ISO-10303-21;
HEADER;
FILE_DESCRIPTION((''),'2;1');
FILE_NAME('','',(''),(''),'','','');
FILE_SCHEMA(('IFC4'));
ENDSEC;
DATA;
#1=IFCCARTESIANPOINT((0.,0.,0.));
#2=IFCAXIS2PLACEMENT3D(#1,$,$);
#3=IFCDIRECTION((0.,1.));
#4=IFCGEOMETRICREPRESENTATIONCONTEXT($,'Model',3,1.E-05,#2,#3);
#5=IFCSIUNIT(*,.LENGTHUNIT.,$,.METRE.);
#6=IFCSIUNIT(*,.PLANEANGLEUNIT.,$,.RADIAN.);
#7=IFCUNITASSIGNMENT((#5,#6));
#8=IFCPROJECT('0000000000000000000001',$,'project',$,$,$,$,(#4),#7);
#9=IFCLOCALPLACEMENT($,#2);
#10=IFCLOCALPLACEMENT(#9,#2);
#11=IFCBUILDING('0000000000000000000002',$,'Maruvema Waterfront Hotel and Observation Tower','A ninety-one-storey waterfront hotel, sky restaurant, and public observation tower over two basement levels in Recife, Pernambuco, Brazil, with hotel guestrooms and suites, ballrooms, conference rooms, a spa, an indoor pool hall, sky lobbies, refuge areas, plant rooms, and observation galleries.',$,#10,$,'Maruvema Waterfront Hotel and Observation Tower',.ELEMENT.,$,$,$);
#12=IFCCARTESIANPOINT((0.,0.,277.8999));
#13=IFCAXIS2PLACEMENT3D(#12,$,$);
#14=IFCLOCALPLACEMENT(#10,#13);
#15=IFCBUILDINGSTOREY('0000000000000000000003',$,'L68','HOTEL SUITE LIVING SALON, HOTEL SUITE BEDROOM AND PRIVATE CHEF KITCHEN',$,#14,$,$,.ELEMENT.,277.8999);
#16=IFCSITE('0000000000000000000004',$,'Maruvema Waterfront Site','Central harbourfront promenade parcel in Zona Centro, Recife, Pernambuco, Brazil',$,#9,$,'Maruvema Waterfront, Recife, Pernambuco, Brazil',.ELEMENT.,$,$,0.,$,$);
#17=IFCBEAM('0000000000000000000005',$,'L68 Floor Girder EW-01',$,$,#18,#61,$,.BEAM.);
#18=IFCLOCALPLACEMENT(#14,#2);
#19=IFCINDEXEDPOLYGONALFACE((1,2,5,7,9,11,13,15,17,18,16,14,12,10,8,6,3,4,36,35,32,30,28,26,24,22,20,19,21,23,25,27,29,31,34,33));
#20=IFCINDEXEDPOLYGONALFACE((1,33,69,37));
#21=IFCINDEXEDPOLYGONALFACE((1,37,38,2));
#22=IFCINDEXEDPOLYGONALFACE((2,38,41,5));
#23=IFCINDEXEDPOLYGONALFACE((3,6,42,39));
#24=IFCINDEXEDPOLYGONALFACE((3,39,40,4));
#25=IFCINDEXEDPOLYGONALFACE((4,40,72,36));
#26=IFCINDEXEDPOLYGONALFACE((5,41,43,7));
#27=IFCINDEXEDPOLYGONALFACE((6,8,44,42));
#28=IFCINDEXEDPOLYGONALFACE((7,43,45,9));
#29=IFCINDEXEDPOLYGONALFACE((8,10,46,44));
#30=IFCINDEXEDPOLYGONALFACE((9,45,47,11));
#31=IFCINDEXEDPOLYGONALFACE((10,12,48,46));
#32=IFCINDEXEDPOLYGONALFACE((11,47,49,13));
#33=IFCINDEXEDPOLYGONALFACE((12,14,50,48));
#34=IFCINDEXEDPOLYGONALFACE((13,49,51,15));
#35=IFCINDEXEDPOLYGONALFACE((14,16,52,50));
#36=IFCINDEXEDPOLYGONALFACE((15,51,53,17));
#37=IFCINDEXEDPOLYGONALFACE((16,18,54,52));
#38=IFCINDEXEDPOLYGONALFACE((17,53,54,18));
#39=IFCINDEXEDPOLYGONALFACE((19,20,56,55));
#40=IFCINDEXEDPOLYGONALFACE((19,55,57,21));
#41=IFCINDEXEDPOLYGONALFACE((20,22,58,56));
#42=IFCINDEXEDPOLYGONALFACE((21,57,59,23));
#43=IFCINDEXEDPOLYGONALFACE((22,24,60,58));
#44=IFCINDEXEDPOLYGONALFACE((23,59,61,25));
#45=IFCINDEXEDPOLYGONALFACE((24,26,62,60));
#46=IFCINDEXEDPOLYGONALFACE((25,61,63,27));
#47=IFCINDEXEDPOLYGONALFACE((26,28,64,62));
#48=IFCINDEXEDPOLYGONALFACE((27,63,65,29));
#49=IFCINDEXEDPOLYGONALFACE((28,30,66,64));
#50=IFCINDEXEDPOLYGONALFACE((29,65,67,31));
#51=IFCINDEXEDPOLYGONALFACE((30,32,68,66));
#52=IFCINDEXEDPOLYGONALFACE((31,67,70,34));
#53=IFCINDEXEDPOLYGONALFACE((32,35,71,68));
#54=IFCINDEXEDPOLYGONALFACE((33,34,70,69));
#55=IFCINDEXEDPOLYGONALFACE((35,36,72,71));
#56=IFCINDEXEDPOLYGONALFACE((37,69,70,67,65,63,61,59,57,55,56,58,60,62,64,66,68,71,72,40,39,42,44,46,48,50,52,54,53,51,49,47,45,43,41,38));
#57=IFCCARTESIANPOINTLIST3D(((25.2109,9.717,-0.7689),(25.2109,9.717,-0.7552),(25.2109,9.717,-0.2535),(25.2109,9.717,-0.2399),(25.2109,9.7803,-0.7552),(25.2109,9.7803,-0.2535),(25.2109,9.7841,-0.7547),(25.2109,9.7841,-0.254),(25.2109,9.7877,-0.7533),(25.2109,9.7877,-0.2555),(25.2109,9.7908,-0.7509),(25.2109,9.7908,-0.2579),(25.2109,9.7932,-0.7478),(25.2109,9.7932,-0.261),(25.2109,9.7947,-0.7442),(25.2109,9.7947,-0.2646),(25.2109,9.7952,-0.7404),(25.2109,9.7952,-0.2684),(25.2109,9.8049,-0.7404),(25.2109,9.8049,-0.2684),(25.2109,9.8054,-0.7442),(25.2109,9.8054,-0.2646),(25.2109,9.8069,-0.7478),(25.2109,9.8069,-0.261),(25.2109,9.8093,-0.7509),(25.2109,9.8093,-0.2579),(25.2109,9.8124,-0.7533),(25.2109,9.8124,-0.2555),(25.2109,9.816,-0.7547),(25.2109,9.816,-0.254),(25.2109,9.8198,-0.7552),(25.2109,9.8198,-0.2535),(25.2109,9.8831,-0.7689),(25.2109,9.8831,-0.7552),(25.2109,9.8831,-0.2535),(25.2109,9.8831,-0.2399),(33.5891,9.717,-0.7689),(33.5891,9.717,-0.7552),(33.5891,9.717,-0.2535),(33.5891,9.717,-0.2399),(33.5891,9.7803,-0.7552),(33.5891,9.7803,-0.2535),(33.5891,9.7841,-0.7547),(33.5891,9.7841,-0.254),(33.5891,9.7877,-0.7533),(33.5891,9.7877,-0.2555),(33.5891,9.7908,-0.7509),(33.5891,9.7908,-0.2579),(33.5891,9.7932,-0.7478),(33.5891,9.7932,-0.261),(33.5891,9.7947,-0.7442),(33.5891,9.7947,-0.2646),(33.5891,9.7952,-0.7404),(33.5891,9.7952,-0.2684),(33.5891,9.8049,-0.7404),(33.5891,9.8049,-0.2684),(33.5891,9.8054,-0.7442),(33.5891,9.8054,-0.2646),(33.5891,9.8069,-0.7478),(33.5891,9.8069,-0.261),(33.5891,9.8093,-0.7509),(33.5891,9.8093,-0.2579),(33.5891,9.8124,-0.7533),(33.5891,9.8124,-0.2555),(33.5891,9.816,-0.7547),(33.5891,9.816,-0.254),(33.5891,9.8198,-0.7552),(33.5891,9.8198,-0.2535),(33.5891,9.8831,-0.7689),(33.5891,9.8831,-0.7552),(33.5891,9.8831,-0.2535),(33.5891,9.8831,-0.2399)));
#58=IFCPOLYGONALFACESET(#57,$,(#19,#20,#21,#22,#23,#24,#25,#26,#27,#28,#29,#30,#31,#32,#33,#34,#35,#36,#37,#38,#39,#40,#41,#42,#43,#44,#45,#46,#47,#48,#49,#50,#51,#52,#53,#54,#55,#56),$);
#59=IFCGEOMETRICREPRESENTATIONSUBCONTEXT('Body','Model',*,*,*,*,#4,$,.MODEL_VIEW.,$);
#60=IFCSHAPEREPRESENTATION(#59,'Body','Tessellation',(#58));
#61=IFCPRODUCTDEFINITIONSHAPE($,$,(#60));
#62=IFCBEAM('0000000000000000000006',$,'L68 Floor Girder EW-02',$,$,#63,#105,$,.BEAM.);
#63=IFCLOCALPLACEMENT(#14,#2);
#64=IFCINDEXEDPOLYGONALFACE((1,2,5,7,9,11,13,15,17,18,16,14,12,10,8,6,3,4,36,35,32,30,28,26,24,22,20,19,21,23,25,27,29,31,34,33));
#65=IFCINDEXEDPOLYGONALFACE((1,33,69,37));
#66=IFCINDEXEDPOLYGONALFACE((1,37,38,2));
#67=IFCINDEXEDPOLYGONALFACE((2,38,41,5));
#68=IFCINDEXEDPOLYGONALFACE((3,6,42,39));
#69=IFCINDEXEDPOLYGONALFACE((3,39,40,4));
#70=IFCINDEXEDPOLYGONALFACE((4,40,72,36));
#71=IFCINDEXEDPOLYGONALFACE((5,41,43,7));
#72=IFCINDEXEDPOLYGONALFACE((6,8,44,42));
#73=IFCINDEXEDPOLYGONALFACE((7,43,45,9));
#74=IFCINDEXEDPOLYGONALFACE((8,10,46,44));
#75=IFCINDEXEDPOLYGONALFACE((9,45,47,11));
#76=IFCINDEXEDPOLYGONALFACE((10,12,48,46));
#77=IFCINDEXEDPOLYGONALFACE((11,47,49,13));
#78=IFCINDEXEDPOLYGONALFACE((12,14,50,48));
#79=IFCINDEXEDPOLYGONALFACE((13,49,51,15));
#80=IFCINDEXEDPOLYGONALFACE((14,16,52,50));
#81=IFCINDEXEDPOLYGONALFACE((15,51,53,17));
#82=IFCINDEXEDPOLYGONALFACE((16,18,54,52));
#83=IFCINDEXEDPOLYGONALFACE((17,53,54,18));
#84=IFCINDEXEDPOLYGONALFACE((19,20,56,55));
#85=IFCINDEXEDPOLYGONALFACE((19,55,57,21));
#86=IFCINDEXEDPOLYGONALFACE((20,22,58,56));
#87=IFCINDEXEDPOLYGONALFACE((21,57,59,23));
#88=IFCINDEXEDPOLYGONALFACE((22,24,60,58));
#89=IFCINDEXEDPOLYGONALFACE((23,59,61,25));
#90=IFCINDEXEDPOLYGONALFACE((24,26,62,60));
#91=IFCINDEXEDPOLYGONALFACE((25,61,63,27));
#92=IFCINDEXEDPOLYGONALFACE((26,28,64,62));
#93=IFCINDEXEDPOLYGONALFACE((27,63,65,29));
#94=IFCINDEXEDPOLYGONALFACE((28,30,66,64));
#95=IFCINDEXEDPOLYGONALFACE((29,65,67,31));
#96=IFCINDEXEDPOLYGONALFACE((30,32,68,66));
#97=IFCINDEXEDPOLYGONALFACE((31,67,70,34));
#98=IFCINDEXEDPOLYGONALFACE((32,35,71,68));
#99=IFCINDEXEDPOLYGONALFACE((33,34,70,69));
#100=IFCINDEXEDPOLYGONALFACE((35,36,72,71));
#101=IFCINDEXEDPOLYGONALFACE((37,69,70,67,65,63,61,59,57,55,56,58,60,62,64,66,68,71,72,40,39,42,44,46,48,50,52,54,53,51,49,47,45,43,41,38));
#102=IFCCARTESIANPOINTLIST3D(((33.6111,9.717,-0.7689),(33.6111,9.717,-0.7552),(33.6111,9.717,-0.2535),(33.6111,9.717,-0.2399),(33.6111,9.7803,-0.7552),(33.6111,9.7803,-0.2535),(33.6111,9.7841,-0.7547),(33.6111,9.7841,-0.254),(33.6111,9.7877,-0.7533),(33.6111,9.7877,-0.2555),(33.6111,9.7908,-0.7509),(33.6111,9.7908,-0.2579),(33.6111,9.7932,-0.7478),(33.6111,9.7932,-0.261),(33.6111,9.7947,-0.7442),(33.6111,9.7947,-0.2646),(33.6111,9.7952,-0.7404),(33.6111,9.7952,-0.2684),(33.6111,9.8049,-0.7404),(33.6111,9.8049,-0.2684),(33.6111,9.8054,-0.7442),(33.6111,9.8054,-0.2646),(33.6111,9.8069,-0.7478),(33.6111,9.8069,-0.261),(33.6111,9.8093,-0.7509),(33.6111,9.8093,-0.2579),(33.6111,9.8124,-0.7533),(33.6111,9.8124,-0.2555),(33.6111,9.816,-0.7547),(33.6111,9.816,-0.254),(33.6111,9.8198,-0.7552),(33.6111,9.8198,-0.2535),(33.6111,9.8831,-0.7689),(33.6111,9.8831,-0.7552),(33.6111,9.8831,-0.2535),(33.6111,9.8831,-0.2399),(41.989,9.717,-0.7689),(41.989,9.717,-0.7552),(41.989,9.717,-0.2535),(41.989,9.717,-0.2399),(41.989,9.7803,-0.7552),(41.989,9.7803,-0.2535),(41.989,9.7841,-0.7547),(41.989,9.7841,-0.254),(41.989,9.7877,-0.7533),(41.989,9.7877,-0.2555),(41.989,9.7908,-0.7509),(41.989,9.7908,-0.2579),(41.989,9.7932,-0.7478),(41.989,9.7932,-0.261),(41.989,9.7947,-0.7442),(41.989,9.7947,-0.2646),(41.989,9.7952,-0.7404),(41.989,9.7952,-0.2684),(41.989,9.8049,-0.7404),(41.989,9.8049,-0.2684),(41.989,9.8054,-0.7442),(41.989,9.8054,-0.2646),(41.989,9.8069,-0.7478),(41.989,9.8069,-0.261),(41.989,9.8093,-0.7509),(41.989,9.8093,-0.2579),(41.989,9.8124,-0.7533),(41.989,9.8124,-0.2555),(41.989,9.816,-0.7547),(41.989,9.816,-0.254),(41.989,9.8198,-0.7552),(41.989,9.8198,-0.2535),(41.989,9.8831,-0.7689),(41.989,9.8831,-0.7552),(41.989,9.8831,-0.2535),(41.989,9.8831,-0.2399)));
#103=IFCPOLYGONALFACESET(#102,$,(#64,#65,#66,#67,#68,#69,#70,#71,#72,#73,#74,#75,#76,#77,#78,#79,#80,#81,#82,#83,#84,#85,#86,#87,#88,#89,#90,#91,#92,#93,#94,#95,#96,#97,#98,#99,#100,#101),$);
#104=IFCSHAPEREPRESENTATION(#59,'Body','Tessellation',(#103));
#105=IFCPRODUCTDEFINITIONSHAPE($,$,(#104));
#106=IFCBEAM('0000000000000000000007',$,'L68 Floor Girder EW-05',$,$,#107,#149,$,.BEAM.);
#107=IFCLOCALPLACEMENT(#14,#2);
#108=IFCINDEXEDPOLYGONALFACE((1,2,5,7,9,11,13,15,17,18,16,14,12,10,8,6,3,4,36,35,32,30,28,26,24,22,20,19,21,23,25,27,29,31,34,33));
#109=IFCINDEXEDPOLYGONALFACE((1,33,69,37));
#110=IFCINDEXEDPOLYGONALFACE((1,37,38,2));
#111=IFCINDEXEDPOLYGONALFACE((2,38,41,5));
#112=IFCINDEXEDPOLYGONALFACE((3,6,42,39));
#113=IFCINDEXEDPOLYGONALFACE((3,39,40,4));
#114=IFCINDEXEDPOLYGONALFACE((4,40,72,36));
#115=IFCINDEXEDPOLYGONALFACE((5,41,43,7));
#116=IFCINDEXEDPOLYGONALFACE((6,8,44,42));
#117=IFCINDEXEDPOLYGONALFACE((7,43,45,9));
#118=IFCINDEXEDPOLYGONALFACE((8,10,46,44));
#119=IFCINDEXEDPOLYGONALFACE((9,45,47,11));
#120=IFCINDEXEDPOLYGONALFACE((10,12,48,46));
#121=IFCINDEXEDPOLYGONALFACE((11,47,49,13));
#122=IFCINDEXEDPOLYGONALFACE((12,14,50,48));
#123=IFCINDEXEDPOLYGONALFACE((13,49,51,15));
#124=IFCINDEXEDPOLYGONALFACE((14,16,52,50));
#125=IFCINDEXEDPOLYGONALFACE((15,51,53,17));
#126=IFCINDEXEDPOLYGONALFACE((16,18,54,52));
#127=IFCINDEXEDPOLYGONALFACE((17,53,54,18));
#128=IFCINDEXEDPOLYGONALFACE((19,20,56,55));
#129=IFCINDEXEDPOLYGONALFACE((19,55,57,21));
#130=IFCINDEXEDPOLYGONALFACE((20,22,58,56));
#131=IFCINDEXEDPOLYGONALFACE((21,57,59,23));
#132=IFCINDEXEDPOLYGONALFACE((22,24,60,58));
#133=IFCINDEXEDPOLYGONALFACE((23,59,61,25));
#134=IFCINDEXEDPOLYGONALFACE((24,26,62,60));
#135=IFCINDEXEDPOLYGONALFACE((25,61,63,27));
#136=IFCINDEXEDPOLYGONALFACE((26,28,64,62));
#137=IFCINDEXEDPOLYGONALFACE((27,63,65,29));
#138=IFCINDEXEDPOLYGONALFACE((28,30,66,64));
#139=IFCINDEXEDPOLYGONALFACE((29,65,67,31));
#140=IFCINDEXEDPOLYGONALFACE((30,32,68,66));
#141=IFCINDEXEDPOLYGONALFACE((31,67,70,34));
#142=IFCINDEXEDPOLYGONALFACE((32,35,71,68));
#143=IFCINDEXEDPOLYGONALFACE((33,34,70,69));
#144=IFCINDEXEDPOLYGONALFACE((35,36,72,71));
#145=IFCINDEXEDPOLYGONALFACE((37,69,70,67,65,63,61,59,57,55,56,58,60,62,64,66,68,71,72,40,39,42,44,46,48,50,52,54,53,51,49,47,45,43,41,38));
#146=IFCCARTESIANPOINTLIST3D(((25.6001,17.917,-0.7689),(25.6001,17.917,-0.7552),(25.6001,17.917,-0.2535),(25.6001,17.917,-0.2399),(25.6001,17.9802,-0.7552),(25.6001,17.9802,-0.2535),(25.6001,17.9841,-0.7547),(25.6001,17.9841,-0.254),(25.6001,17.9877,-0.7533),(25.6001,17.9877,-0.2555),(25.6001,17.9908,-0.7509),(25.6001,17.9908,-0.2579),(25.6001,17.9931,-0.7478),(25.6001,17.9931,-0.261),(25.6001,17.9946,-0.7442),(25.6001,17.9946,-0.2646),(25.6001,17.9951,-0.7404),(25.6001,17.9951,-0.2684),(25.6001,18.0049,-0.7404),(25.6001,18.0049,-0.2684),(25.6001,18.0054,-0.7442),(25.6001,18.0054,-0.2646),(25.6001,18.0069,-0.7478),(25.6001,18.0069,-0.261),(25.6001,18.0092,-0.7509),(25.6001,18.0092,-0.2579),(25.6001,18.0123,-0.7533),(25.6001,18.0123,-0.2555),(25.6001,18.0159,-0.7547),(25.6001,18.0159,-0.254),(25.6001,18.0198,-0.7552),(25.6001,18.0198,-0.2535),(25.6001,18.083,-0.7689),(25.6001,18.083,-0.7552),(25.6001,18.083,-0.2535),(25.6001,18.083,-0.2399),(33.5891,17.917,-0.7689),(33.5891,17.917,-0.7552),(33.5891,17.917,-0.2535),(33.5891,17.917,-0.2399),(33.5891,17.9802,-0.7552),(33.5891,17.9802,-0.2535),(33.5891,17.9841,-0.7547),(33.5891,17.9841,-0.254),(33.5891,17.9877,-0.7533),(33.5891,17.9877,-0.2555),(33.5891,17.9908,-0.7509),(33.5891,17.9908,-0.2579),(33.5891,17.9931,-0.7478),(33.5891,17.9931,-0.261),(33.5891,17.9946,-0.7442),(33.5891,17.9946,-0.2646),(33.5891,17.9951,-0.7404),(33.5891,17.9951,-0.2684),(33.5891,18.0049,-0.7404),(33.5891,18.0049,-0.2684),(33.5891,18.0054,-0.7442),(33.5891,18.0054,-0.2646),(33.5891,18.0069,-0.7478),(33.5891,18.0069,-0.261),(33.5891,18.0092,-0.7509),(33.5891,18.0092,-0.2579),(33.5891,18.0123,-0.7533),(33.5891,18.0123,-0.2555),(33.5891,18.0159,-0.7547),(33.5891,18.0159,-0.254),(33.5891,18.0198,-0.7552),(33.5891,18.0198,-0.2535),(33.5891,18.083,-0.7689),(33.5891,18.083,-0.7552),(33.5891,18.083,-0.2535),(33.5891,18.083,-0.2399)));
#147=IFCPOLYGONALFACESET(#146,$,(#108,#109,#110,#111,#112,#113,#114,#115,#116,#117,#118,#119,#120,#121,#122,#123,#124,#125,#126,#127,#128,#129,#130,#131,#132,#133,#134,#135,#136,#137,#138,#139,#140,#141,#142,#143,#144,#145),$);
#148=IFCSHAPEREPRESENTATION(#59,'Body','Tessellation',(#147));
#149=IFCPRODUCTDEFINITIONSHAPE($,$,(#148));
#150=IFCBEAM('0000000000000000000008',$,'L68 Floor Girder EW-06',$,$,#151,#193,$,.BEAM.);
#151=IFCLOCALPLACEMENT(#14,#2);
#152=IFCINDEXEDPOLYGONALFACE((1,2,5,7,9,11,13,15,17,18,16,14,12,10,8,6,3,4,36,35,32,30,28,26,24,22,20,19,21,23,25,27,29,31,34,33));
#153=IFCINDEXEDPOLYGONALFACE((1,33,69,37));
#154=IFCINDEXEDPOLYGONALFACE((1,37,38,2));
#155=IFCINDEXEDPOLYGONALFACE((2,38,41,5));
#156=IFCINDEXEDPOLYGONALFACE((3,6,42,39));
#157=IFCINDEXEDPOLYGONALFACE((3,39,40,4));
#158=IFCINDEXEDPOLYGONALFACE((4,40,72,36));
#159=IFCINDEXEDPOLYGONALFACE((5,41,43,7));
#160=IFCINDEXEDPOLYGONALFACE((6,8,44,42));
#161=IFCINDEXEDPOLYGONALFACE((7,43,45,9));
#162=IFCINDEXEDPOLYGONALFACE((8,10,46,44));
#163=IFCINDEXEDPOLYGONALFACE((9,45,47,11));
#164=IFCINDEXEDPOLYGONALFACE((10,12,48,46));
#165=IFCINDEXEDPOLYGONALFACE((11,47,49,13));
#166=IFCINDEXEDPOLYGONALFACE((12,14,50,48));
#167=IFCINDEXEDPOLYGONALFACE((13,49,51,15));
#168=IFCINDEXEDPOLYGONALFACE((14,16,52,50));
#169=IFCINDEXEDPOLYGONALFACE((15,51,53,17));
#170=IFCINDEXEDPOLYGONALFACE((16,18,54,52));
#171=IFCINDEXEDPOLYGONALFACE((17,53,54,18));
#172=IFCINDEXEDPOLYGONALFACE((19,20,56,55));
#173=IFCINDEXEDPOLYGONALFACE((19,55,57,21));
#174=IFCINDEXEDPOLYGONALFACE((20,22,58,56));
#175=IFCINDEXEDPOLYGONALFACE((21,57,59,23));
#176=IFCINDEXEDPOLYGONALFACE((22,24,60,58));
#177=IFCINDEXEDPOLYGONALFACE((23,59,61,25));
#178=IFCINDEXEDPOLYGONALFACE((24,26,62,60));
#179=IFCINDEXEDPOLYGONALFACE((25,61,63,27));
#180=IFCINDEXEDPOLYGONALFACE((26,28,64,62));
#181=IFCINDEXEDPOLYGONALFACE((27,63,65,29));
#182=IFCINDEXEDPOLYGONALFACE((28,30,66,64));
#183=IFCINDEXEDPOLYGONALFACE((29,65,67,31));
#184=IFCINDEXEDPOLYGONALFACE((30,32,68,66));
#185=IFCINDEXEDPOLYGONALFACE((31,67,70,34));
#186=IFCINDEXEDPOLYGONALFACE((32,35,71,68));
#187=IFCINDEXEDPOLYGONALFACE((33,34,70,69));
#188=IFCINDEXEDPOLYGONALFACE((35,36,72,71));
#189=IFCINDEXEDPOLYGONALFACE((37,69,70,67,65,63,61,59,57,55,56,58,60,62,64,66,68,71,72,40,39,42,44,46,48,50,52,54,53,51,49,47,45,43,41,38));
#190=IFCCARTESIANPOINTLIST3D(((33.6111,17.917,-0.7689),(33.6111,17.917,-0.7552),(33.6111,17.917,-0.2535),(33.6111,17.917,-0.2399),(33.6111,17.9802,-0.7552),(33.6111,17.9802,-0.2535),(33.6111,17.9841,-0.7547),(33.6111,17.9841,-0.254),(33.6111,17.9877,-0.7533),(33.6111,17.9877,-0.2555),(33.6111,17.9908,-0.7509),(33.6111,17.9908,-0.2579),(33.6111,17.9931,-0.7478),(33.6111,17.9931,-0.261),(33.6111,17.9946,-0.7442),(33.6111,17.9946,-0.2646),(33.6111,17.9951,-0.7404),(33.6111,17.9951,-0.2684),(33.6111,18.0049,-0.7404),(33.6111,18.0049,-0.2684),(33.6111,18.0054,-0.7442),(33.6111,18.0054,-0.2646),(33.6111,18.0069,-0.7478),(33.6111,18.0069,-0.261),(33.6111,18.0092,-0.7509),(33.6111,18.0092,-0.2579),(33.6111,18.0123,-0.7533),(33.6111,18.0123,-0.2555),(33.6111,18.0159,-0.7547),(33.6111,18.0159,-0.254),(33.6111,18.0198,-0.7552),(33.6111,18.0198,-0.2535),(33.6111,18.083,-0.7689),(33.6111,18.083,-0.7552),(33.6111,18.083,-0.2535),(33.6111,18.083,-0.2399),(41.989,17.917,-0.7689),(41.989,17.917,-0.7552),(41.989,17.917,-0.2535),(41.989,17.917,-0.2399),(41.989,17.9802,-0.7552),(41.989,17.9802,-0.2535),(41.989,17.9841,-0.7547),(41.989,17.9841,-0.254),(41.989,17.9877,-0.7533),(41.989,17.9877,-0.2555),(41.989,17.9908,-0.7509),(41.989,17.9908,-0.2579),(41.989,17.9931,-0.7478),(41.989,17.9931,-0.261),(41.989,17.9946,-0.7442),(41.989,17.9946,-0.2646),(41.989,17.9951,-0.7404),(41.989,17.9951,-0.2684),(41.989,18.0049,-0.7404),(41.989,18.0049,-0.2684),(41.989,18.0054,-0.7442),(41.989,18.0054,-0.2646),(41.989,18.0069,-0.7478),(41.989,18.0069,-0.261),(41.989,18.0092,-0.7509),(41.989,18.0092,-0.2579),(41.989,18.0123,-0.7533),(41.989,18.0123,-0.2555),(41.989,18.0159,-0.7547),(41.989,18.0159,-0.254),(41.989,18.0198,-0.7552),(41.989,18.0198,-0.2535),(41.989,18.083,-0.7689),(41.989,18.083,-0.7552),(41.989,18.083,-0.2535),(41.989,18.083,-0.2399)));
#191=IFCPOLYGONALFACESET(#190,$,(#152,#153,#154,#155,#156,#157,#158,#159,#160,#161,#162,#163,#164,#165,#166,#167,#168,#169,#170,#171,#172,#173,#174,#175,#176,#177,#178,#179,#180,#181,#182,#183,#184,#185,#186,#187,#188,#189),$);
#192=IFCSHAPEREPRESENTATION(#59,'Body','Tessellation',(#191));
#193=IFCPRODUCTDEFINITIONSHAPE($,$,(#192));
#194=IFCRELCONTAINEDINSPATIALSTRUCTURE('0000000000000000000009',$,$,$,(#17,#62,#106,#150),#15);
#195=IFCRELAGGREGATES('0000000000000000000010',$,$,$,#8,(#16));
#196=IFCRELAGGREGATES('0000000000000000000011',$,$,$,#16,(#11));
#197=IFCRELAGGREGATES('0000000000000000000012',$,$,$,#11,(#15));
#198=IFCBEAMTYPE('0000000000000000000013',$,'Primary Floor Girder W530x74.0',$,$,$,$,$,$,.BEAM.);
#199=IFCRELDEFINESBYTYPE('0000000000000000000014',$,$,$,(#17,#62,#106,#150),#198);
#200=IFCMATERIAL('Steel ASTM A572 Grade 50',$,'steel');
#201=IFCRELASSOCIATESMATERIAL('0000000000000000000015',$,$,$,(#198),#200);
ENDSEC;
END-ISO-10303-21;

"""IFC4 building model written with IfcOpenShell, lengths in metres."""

from ifc_helpers import new_model, si_unit, direction, frame, origin, origin_2d, place, context, subcontext, project, spatial, i_section, extrude, material, material_profile, profile_set, type_object, element, save


model = new_model("IFC4")

# Units and contexts
model_context = context("Model", 3, precision=1e-05, world=origin(), true_north=direction((0.0, 1.0)))
body_context = subcontext(model_context, "Body", "Model", "MODEL_VIEW")
ifc_project = project(units=[si_unit("LENGTHUNIT", "METRE"), si_unit("PLANEANGLEUNIT", "RADIAN")], contexts=[model_context])

# Site, building, storey
site_placement = place(None, origin())
site = spatial("IfcSite", under=ifc_project, at=site_placement, Name="Maruvema Waterfront Site", Description="Central harbourfront promenade parcel in Zona Centro, Recife, Pernambuco, Brazil", LongName="Maruvema Waterfront, Recife, Pernambuco, Brazil", CompositionType="ELEMENT", RefElevation=0.0)
building_placement = place(site_placement, origin())
building = spatial("IfcBuilding", under=site, at=building_placement, Name="Maruvema Waterfront Hotel and Observation Tower", Description="A ninety-one-storey waterfront hotel, sky restaurant, and public observation tower over two basement levels in Recife, Pernambuco, Brazil, with hotel guestrooms and suites, ballrooms, conference rooms, a spa, an indoor pool hall, sky lobbies, refuge areas, plant rooms, and observation galleries.", LongName="Maruvema Waterfront Hotel and Observation Tower", CompositionType="ELEMENT")
storey_placement = place(building_placement, frame((0.0, 0.0, 277.8999)))
storey = spatial("IfcBuildingStorey", under=building, at=storey_placement, Name="L68", Description="HOTEL SUITE LIVING SALON, HOTEL SUITE BEDROOM AND PRIVATE CHEF KITCHEN", CompositionType="ELEMENT", Elevation=277.8999)

# Beams
ifc_material_1 = material(Name="Steel ASTM A572 Grade 50", Category="steel")
ifc_material_profile_1 = material_profile(ifc_material_1, i_section(OverallWidth=0.166, OverallDepth=0.5291, WebThickness=0.0098, FlangeThickness=0.0137, FilletRadius=0.0149, at=origin_2d()), Name="W530x74.0")
ifc_profile_set_1 = profile_set([ifc_material_profile_1], Name="Steel ASTM A572 Grade 50")
beam_type_1 = type_object("IfcBeamType", Name="Primary Floor Girder W530x74.0", PredefinedType="BEAM", material=ifc_profile_set_1)
beam_1_placement = place(storey_placement, frame((25.2109, 9.8, -0.5044), z_axis=(1.0, 0.0, 0.0), x_axis=(0.0, 1.0, 0.0)))
element("IfcBeam", 1, at=beam_1_placement, inside=storey, type_object=beam_type_1, Name="L68 Floor Girder EW-01", PredefinedType="BEAM", context=body_context, shape_type="SweptSolid", body=[
    extrude(i_section(OverallWidth=0.166, OverallDepth=0.5291, WebThickness=0.0098, FlangeThickness=0.0137, FilletRadius=0.0149, at=origin_2d()), origin(), (0.0, 0.0, 1.0), 8.3782),
])
beam_2_placement = place(storey_placement, frame((33.6111, 9.8, -0.5044), z_axis=(1.0, 0.0, 0.0), x_axis=(0.0, 1.0, 0.0)))
element("IfcBeam", 2, at=beam_2_placement, inside=storey, type_object=beam_type_1, Name="L68 Floor Girder EW-02", PredefinedType="BEAM", context=body_context, shape_type="SweptSolid", body=[
    extrude(i_section(OverallWidth=0.166, OverallDepth=0.5291, WebThickness=0.0098, FlangeThickness=0.0137, FilletRadius=0.0149, at=origin_2d()), origin(), (0.0, 0.0, 1.0), 8.3779),
])
beam_3_placement = place(storey_placement, frame((25.6001, 18.0, -0.5044), z_axis=(1.0, 0.0, 0.0), x_axis=(0.0, 1.0, 0.0)))
element("IfcBeam", 3, at=beam_3_placement, inside=storey, type_object=beam_type_1, Name="L68 Floor Girder EW-05", PredefinedType="BEAM", context=body_context, shape_type="SweptSolid", body=[
    extrude(i_section(OverallWidth=0.166, OverallDepth=0.5291, WebThickness=0.0098, FlangeThickness=0.0137, FilletRadius=0.0149, at=origin_2d()), origin(), (0.0, 0.0, 1.0), 7.989),
])
beam_4_placement = place(storey_placement, frame((33.6111, 18.0, -0.5044), z_axis=(1.0, 0.0, 0.0), x_axis=(0.0, 1.0, 0.0)))
element("IfcBeam", 4, at=beam_4_placement, inside=storey, type_object=beam_type_1, Name="L68 Floor Girder EW-06", PredefinedType="BEAM", context=body_context, shape_type="SweptSolid", body=[
    extrude(i_section(OverallWidth=0.166, OverallDepth=0.5291, WebThickness=0.0098, FlangeThickness=0.0137, FilletRadius=0.0149, at=origin_2d()), origin(), (0.0, 0.0, 1.0), 8.3779),
])

save(model, "model.ifc")
